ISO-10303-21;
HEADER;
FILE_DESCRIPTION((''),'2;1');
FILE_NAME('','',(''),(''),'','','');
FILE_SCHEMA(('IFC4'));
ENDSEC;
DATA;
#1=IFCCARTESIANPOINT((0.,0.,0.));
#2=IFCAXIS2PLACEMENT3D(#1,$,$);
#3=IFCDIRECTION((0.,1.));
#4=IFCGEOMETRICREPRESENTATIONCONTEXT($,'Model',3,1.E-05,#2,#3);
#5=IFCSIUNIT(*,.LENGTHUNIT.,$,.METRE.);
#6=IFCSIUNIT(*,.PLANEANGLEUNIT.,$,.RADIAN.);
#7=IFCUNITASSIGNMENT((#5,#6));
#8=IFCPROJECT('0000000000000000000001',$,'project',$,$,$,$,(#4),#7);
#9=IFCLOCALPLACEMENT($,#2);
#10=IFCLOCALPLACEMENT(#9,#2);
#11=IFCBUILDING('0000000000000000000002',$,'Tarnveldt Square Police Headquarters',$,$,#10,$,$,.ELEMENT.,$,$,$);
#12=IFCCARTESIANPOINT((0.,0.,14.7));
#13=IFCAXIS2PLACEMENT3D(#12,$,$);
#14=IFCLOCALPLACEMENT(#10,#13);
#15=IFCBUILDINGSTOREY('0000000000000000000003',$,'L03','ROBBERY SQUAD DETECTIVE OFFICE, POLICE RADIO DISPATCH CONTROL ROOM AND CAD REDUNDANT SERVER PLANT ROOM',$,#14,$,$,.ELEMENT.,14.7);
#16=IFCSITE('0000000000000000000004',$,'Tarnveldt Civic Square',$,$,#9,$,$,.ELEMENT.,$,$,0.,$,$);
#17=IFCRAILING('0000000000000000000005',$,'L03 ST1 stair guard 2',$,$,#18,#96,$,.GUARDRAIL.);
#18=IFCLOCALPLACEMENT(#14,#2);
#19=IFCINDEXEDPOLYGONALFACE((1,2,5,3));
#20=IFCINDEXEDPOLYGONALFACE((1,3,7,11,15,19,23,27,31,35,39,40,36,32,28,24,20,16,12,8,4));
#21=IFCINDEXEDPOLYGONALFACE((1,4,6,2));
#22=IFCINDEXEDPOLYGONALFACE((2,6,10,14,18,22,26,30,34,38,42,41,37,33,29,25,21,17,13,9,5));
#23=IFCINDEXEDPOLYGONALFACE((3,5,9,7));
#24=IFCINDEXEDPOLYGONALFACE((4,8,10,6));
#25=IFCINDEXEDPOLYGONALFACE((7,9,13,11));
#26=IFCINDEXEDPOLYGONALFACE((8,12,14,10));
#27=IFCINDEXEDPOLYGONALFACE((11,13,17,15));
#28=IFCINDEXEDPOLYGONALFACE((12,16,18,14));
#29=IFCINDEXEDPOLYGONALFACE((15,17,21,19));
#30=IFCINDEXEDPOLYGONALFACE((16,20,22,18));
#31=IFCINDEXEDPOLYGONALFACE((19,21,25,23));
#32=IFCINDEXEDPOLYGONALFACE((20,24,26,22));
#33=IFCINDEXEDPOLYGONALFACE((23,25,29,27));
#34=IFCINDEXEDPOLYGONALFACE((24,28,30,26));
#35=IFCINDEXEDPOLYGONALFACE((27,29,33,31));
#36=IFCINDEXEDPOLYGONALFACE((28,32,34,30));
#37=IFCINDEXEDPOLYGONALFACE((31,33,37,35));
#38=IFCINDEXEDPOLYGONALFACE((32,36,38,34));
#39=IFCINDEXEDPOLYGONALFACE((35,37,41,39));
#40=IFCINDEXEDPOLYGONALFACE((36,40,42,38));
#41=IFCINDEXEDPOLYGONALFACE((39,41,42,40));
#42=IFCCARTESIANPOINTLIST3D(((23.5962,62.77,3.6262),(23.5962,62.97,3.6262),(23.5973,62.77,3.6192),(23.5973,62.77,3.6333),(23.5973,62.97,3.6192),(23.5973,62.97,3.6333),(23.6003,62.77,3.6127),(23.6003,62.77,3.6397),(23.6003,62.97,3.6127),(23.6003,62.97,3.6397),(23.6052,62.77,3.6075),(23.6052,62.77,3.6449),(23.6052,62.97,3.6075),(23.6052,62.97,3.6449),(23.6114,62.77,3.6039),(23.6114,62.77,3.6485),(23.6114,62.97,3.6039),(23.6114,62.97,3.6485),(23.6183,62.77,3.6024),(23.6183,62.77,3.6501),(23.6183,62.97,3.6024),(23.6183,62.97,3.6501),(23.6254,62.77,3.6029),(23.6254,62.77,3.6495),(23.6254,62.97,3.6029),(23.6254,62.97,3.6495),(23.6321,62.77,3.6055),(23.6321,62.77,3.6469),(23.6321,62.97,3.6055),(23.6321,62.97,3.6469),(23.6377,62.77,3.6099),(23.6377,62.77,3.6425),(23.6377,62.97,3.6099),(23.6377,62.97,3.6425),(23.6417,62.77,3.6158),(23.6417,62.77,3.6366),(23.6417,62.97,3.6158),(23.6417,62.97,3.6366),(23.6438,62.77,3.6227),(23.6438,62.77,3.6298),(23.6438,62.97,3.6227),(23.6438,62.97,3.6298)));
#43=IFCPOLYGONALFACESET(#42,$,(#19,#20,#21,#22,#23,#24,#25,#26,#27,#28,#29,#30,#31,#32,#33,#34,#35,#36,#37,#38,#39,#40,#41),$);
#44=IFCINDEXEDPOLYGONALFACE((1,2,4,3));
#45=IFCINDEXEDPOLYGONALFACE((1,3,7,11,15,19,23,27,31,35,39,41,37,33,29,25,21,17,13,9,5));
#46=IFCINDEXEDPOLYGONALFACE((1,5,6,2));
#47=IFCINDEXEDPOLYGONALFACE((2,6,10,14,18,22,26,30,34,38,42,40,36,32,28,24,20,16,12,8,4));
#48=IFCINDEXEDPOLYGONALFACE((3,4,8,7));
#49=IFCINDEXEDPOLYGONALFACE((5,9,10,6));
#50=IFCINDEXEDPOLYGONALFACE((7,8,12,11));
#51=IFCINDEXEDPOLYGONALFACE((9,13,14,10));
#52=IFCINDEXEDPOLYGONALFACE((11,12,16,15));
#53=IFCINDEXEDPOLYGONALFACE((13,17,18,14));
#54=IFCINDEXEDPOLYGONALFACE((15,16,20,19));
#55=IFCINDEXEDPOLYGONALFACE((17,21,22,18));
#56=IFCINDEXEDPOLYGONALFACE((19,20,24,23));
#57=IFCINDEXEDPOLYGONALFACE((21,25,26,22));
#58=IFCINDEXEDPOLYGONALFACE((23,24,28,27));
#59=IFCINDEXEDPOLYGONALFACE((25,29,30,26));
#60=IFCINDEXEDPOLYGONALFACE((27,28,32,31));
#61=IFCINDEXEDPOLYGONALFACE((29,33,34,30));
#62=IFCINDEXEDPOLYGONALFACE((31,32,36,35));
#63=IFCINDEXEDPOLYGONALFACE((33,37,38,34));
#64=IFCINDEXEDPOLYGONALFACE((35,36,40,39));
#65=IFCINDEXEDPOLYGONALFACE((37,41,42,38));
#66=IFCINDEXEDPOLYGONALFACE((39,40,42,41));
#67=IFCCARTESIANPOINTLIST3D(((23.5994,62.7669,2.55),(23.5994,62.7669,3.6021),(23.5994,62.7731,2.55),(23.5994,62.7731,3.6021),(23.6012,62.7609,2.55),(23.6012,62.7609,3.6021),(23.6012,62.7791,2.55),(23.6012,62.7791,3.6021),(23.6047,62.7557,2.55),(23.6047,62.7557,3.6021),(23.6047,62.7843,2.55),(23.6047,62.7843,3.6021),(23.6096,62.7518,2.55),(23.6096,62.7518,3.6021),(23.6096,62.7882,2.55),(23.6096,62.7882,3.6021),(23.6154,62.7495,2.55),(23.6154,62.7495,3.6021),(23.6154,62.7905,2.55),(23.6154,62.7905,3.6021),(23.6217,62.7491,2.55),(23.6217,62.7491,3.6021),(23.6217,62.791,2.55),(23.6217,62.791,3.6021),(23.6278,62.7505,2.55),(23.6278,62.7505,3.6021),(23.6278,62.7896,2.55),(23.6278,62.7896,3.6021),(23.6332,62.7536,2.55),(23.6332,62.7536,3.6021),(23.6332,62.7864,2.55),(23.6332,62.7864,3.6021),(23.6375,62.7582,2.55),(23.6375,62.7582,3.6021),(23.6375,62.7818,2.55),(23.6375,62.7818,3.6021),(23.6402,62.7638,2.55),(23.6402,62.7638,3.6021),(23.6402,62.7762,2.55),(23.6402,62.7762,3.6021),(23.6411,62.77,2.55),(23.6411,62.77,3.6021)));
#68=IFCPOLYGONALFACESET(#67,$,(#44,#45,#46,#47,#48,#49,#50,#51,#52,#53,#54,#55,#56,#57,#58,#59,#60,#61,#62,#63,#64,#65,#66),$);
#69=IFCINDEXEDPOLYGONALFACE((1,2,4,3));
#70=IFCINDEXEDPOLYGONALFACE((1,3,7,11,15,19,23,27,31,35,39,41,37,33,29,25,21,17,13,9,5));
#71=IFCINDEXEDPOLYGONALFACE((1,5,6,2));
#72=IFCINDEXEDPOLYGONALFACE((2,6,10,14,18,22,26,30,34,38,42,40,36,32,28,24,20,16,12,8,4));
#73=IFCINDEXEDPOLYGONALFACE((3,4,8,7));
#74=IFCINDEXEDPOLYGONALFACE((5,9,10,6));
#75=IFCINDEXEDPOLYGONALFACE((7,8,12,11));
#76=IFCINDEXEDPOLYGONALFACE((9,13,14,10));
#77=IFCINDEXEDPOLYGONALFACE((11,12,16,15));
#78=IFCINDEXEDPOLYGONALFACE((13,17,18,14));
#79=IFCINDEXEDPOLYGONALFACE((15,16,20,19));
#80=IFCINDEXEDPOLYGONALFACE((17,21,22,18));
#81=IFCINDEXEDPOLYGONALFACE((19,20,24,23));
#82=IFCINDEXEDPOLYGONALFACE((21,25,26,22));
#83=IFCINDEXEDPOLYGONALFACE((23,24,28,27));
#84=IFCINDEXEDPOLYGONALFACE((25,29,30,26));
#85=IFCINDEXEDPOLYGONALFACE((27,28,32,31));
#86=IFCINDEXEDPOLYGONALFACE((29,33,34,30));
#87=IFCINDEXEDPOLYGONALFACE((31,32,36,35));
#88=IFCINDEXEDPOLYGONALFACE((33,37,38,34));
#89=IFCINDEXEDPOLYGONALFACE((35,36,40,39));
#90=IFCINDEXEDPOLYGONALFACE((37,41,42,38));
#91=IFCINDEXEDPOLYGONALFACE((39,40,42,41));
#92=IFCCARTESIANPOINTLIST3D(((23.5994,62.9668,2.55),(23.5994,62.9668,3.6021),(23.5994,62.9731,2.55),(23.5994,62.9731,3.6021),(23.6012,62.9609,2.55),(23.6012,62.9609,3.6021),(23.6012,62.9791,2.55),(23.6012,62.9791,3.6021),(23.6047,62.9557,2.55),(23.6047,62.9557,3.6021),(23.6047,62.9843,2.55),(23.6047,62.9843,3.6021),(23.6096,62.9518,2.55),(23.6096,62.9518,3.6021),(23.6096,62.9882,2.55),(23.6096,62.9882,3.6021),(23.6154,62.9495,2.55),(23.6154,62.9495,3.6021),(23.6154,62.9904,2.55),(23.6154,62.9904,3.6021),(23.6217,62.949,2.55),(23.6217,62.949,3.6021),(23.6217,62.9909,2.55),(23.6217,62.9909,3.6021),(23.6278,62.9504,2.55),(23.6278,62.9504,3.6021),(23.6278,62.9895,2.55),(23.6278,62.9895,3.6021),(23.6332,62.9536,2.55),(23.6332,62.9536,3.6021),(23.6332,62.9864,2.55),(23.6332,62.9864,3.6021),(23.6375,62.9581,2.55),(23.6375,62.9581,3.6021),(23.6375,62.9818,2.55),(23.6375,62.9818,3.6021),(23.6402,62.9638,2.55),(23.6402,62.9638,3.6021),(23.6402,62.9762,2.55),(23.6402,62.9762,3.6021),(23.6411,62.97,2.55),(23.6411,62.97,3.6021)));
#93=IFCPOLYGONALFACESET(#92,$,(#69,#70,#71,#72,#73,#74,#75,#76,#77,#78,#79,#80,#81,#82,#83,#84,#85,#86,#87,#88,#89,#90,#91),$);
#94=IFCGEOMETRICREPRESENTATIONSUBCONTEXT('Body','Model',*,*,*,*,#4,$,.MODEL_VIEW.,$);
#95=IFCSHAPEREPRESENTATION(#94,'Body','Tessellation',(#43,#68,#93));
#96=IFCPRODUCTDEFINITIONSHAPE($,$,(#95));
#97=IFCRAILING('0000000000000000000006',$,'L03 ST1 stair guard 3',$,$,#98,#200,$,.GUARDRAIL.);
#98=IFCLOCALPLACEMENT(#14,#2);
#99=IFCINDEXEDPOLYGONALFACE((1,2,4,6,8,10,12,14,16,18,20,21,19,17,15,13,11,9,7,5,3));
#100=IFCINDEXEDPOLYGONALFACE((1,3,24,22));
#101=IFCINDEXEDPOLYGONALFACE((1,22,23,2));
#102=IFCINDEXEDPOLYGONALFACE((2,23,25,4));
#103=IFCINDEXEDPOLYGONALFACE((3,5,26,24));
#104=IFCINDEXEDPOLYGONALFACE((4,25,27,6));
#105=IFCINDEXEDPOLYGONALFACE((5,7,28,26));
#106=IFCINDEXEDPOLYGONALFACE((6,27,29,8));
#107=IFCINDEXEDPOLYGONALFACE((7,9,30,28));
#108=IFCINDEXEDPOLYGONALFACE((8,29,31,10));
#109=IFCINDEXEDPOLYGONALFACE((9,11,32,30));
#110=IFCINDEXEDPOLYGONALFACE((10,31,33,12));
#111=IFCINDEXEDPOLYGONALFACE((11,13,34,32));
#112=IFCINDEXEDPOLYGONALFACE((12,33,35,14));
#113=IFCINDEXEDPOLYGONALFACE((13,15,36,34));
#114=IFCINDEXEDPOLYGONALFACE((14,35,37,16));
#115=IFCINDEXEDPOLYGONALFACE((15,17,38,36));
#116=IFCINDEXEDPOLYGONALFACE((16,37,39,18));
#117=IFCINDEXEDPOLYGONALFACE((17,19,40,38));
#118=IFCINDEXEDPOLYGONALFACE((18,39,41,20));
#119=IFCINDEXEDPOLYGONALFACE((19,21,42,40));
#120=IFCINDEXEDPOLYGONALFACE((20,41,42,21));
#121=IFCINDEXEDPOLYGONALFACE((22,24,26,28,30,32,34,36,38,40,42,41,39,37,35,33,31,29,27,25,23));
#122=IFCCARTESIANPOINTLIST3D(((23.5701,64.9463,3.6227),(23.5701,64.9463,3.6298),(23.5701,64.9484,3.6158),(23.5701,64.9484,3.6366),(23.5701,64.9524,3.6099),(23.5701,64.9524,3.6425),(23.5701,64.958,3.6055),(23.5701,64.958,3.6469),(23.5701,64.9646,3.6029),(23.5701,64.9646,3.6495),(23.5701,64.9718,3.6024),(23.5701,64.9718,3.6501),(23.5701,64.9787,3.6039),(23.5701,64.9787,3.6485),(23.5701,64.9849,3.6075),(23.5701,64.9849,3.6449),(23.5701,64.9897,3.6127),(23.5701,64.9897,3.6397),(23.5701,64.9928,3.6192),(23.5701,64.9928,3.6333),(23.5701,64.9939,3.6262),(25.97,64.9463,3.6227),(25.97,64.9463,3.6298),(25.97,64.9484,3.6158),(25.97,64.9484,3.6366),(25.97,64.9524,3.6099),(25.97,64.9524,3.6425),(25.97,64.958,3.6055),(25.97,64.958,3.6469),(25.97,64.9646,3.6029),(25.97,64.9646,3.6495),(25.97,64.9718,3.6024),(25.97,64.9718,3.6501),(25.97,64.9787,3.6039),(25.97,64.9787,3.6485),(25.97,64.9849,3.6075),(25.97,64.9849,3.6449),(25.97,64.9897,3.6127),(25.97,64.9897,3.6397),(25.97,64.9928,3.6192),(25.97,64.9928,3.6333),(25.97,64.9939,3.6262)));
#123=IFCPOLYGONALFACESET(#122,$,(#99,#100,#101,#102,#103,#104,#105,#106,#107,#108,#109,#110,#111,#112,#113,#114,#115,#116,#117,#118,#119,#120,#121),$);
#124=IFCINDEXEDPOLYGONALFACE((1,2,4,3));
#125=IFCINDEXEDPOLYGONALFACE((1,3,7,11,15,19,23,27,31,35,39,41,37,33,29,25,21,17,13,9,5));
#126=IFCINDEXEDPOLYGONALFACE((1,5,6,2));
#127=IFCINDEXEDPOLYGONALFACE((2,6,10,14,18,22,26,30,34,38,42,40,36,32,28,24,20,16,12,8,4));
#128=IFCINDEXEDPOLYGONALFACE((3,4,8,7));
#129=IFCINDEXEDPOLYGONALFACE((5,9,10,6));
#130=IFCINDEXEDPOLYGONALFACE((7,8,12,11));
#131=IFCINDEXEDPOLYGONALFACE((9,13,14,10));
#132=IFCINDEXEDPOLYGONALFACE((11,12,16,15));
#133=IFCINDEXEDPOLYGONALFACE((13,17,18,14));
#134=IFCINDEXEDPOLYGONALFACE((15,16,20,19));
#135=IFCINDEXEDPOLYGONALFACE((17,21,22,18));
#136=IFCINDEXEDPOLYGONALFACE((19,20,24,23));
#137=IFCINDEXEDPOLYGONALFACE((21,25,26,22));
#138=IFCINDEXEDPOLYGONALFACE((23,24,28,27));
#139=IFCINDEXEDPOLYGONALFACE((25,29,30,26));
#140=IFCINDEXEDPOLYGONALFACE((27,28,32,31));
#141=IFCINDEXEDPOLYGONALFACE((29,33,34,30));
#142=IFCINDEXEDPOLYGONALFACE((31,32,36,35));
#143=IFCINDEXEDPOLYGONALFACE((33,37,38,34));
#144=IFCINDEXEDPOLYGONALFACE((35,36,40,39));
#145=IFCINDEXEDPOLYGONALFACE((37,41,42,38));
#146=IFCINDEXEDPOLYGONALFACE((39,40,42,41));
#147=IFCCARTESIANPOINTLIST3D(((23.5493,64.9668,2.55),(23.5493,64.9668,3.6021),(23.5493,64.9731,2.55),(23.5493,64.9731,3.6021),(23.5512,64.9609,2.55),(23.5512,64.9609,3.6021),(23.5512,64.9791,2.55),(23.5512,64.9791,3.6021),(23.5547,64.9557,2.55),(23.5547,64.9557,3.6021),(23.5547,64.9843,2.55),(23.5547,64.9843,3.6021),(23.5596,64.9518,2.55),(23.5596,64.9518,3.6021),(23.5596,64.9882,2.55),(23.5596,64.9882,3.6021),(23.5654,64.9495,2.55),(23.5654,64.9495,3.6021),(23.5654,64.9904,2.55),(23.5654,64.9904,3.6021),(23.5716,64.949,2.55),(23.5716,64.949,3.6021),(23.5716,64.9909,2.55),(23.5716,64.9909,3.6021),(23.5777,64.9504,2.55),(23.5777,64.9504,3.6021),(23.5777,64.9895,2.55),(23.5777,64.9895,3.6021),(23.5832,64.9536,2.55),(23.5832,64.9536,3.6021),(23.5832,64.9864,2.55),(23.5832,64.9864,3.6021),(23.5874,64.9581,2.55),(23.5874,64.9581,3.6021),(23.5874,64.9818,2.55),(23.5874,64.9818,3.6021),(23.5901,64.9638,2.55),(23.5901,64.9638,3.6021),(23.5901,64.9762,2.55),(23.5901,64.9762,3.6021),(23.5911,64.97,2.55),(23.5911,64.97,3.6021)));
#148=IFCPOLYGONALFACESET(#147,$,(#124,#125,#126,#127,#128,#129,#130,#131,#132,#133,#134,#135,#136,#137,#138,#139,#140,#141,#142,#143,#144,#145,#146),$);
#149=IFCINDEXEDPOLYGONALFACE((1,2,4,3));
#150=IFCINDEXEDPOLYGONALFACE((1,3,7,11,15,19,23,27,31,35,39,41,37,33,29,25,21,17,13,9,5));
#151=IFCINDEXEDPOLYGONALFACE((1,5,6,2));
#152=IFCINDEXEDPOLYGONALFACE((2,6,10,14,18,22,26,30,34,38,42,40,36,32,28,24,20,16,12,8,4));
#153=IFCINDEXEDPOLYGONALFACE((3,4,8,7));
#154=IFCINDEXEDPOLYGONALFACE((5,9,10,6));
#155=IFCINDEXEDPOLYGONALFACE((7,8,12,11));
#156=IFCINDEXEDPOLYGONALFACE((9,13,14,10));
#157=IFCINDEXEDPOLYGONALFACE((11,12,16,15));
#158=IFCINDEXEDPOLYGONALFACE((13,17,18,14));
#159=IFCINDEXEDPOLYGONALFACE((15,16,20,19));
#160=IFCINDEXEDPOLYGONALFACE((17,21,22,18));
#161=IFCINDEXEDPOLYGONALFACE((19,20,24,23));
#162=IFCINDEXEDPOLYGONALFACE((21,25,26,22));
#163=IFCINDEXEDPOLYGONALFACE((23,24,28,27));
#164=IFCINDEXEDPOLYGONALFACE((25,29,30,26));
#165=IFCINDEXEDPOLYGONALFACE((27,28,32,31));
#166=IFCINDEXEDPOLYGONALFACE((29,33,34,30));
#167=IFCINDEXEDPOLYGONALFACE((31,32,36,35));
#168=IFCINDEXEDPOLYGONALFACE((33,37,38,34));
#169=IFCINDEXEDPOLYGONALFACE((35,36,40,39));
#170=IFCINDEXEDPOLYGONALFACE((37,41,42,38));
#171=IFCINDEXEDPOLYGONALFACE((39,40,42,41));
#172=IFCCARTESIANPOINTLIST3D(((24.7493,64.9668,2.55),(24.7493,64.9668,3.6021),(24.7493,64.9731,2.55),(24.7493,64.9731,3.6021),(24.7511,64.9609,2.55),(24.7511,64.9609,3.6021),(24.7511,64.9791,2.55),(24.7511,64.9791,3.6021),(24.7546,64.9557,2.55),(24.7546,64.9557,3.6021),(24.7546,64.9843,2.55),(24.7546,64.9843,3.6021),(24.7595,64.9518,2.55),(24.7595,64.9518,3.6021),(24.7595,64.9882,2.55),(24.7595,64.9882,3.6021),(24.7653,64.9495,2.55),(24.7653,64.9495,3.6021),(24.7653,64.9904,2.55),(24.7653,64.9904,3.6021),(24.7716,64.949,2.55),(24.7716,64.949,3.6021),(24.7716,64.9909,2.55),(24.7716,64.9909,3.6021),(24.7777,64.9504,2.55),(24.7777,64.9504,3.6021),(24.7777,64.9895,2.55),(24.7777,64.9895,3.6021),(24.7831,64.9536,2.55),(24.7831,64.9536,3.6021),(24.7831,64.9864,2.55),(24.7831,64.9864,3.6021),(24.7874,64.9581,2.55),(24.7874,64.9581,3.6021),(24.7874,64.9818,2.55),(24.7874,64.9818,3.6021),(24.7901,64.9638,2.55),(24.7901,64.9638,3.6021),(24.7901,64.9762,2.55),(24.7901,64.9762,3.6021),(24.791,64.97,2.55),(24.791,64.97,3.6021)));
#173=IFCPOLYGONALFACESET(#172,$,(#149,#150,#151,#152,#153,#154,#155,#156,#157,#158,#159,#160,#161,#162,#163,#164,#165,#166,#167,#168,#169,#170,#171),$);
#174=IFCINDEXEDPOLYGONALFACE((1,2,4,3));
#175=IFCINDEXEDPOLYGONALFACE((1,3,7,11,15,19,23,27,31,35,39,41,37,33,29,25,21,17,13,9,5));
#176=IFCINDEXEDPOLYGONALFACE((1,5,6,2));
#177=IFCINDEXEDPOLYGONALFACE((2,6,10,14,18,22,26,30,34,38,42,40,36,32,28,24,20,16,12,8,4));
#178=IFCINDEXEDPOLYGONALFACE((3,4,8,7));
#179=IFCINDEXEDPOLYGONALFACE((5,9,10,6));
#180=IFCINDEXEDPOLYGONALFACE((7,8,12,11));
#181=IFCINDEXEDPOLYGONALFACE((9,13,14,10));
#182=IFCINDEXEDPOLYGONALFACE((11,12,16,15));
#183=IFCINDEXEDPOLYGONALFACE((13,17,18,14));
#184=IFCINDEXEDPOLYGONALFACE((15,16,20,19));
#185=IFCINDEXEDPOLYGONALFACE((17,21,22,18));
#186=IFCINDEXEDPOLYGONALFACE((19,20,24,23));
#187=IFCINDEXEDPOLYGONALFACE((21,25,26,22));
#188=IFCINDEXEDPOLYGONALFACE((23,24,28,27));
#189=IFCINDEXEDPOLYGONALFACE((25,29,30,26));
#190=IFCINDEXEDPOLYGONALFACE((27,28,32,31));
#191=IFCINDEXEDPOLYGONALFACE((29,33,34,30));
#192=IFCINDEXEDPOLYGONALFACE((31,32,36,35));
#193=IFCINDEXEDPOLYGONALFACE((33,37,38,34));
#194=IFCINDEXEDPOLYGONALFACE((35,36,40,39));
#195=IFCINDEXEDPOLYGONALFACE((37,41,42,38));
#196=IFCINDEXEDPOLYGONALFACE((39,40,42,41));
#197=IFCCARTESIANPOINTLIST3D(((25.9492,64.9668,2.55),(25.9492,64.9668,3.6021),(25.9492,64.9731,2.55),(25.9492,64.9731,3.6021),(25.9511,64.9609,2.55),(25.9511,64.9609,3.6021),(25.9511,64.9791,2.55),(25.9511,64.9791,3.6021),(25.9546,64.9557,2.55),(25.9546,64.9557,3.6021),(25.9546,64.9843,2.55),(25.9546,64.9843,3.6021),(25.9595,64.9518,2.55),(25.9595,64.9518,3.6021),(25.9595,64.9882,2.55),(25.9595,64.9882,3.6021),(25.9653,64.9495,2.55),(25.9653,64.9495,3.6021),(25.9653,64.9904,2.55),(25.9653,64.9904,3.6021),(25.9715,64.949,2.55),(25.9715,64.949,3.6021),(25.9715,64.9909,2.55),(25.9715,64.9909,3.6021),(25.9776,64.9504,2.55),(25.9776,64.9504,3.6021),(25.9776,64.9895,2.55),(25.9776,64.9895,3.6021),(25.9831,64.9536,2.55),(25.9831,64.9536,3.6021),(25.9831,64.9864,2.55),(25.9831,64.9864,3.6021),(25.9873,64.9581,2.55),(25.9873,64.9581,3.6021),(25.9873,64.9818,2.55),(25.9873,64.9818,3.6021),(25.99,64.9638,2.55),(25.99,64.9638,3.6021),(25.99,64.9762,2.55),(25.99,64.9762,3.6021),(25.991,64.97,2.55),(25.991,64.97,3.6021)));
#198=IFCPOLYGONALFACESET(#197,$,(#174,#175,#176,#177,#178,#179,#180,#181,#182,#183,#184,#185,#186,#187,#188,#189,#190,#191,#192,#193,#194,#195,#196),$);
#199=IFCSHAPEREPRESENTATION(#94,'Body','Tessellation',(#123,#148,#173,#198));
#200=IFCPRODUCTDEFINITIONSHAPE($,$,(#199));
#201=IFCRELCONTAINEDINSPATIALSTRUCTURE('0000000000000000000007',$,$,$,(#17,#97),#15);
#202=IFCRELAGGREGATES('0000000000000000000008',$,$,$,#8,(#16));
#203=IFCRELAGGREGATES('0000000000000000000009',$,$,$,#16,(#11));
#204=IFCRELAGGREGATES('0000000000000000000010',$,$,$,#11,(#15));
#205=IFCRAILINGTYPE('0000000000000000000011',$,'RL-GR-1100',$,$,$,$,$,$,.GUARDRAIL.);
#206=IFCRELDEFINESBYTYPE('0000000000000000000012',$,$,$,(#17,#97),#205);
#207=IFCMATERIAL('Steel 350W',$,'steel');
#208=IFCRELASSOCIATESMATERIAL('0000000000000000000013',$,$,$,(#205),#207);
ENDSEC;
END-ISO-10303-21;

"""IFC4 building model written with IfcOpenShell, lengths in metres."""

from ifc_helpers import new_model, si_unit, direction, frame, origin, origin_2d, place, context, subcontext, project, spatial, circle, extrude, material, type_object, element, save


model = new_model("IFC4")

# Units and contexts
model_context = context("Model", 3, precision=1e-05, world=origin(), true_north=direction((0.0, 1.0)))
body_context = subcontext(model_context, "Body", "Model", "MODEL_VIEW")
ifc_project = project(units=[si_unit("LENGTHUNIT", "METRE"), si_unit("PLANEANGLEUNIT", "RADIAN")], contexts=[model_context])

# Site, building, storey
site_placement = place(None, origin())
site = spatial("IfcSite", under=ifc_project, at=site_placement, Name="Tarnveldt Civic Square", CompositionType="ELEMENT", RefElevation=0.0)
building_placement = place(site_placement, origin())
building = spatial("IfcBuilding", under=site, at=building_placement, Name="Tarnveldt Square Police Headquarters", CompositionType="ELEMENT")
storey_placement = place(building_placement, frame((0.0, 0.0, 14.7)))
storey = spatial("IfcBuildingStorey", under=building, at=storey_placement, Name="L03", Description="ROBBERY SQUAD DETECTIVE OFFICE, POLICE RADIO DISPATCH CONTROL ROOM AND CAD REDUNDANT SERVER PLANT ROOM", CompositionType="ELEMENT", Elevation=14.7)

# Shared definitions
ifc_material_1 = material(Name="Steel 350W", Category="steel")

# Railings
railing_type_1 = type_object("IfcRailingType", Name="RL-GR-1100", PredefinedType="GUARDRAIL", material=ifc_material_1)
railing_1_placement = place(storey_placement, frame((23.6201, 62.77, 2.55)))
element("IfcRailing", 1, at=railing_1_placement, inside=storey, type_object=railing_type_1, Name="L03 ST1 stair guard 2", PredefinedType="GUARDRAIL", context=body_context, shape_type="SweptSolid", body=[
    extrude(circle(Radius=0.0239, at=origin_2d()), frame((0.0, 0.0, 1.0762), z_axis=(0.0, 1.0, 0.0), x_axis=(-1.0, 0.0, 0.0)), (0.0, 0.0, 1.0), 0.2),
    extrude(circle(Radius=0.021, at=origin_2d()), origin(), (0.0, 0.0, 1.0), 1.052),
    extrude(circle(Radius=0.021, at=origin_2d()), frame((0.0, 0.2, 0.0)), (0.0, 0.0, 1.0), 1.052),
])
railing_2_placement = place(storey_placement, frame((23.5701, 64.97, 2.55)))
element("IfcRailing", 2, at=railing_2_placement, inside=storey, type_object=railing_type_1, Name="L03 ST1 stair guard 3", PredefinedType="GUARDRAIL", context=body_context, shape_type="SweptSolid", body=[
    extrude(circle(Radius=0.0239, at=origin_2d()), frame((0.0, 0.0, 1.0762), z_axis=(1.0, 0.0, 0.0), x_axis=(0.0, 1.0, 0.0)), (0.0, 0.0, 1.0), 2.3999),
    extrude(circle(Radius=0.021, at=origin_2d()), origin(), (0.0, 0.0, 1.0), 1.052),
    extrude(circle(Radius=0.021, at=origin_2d()), frame((1.2, 0.0, 0.0)), (0.0, 0.0, 1.0), 1.052),
    extrude(circle(Radius=0.021, at=origin_2d()), frame((2.3999, 0.0, 0.0)), (0.0, 0.0, 1.0), 1.052),
])

save(model, "model.ifc")
